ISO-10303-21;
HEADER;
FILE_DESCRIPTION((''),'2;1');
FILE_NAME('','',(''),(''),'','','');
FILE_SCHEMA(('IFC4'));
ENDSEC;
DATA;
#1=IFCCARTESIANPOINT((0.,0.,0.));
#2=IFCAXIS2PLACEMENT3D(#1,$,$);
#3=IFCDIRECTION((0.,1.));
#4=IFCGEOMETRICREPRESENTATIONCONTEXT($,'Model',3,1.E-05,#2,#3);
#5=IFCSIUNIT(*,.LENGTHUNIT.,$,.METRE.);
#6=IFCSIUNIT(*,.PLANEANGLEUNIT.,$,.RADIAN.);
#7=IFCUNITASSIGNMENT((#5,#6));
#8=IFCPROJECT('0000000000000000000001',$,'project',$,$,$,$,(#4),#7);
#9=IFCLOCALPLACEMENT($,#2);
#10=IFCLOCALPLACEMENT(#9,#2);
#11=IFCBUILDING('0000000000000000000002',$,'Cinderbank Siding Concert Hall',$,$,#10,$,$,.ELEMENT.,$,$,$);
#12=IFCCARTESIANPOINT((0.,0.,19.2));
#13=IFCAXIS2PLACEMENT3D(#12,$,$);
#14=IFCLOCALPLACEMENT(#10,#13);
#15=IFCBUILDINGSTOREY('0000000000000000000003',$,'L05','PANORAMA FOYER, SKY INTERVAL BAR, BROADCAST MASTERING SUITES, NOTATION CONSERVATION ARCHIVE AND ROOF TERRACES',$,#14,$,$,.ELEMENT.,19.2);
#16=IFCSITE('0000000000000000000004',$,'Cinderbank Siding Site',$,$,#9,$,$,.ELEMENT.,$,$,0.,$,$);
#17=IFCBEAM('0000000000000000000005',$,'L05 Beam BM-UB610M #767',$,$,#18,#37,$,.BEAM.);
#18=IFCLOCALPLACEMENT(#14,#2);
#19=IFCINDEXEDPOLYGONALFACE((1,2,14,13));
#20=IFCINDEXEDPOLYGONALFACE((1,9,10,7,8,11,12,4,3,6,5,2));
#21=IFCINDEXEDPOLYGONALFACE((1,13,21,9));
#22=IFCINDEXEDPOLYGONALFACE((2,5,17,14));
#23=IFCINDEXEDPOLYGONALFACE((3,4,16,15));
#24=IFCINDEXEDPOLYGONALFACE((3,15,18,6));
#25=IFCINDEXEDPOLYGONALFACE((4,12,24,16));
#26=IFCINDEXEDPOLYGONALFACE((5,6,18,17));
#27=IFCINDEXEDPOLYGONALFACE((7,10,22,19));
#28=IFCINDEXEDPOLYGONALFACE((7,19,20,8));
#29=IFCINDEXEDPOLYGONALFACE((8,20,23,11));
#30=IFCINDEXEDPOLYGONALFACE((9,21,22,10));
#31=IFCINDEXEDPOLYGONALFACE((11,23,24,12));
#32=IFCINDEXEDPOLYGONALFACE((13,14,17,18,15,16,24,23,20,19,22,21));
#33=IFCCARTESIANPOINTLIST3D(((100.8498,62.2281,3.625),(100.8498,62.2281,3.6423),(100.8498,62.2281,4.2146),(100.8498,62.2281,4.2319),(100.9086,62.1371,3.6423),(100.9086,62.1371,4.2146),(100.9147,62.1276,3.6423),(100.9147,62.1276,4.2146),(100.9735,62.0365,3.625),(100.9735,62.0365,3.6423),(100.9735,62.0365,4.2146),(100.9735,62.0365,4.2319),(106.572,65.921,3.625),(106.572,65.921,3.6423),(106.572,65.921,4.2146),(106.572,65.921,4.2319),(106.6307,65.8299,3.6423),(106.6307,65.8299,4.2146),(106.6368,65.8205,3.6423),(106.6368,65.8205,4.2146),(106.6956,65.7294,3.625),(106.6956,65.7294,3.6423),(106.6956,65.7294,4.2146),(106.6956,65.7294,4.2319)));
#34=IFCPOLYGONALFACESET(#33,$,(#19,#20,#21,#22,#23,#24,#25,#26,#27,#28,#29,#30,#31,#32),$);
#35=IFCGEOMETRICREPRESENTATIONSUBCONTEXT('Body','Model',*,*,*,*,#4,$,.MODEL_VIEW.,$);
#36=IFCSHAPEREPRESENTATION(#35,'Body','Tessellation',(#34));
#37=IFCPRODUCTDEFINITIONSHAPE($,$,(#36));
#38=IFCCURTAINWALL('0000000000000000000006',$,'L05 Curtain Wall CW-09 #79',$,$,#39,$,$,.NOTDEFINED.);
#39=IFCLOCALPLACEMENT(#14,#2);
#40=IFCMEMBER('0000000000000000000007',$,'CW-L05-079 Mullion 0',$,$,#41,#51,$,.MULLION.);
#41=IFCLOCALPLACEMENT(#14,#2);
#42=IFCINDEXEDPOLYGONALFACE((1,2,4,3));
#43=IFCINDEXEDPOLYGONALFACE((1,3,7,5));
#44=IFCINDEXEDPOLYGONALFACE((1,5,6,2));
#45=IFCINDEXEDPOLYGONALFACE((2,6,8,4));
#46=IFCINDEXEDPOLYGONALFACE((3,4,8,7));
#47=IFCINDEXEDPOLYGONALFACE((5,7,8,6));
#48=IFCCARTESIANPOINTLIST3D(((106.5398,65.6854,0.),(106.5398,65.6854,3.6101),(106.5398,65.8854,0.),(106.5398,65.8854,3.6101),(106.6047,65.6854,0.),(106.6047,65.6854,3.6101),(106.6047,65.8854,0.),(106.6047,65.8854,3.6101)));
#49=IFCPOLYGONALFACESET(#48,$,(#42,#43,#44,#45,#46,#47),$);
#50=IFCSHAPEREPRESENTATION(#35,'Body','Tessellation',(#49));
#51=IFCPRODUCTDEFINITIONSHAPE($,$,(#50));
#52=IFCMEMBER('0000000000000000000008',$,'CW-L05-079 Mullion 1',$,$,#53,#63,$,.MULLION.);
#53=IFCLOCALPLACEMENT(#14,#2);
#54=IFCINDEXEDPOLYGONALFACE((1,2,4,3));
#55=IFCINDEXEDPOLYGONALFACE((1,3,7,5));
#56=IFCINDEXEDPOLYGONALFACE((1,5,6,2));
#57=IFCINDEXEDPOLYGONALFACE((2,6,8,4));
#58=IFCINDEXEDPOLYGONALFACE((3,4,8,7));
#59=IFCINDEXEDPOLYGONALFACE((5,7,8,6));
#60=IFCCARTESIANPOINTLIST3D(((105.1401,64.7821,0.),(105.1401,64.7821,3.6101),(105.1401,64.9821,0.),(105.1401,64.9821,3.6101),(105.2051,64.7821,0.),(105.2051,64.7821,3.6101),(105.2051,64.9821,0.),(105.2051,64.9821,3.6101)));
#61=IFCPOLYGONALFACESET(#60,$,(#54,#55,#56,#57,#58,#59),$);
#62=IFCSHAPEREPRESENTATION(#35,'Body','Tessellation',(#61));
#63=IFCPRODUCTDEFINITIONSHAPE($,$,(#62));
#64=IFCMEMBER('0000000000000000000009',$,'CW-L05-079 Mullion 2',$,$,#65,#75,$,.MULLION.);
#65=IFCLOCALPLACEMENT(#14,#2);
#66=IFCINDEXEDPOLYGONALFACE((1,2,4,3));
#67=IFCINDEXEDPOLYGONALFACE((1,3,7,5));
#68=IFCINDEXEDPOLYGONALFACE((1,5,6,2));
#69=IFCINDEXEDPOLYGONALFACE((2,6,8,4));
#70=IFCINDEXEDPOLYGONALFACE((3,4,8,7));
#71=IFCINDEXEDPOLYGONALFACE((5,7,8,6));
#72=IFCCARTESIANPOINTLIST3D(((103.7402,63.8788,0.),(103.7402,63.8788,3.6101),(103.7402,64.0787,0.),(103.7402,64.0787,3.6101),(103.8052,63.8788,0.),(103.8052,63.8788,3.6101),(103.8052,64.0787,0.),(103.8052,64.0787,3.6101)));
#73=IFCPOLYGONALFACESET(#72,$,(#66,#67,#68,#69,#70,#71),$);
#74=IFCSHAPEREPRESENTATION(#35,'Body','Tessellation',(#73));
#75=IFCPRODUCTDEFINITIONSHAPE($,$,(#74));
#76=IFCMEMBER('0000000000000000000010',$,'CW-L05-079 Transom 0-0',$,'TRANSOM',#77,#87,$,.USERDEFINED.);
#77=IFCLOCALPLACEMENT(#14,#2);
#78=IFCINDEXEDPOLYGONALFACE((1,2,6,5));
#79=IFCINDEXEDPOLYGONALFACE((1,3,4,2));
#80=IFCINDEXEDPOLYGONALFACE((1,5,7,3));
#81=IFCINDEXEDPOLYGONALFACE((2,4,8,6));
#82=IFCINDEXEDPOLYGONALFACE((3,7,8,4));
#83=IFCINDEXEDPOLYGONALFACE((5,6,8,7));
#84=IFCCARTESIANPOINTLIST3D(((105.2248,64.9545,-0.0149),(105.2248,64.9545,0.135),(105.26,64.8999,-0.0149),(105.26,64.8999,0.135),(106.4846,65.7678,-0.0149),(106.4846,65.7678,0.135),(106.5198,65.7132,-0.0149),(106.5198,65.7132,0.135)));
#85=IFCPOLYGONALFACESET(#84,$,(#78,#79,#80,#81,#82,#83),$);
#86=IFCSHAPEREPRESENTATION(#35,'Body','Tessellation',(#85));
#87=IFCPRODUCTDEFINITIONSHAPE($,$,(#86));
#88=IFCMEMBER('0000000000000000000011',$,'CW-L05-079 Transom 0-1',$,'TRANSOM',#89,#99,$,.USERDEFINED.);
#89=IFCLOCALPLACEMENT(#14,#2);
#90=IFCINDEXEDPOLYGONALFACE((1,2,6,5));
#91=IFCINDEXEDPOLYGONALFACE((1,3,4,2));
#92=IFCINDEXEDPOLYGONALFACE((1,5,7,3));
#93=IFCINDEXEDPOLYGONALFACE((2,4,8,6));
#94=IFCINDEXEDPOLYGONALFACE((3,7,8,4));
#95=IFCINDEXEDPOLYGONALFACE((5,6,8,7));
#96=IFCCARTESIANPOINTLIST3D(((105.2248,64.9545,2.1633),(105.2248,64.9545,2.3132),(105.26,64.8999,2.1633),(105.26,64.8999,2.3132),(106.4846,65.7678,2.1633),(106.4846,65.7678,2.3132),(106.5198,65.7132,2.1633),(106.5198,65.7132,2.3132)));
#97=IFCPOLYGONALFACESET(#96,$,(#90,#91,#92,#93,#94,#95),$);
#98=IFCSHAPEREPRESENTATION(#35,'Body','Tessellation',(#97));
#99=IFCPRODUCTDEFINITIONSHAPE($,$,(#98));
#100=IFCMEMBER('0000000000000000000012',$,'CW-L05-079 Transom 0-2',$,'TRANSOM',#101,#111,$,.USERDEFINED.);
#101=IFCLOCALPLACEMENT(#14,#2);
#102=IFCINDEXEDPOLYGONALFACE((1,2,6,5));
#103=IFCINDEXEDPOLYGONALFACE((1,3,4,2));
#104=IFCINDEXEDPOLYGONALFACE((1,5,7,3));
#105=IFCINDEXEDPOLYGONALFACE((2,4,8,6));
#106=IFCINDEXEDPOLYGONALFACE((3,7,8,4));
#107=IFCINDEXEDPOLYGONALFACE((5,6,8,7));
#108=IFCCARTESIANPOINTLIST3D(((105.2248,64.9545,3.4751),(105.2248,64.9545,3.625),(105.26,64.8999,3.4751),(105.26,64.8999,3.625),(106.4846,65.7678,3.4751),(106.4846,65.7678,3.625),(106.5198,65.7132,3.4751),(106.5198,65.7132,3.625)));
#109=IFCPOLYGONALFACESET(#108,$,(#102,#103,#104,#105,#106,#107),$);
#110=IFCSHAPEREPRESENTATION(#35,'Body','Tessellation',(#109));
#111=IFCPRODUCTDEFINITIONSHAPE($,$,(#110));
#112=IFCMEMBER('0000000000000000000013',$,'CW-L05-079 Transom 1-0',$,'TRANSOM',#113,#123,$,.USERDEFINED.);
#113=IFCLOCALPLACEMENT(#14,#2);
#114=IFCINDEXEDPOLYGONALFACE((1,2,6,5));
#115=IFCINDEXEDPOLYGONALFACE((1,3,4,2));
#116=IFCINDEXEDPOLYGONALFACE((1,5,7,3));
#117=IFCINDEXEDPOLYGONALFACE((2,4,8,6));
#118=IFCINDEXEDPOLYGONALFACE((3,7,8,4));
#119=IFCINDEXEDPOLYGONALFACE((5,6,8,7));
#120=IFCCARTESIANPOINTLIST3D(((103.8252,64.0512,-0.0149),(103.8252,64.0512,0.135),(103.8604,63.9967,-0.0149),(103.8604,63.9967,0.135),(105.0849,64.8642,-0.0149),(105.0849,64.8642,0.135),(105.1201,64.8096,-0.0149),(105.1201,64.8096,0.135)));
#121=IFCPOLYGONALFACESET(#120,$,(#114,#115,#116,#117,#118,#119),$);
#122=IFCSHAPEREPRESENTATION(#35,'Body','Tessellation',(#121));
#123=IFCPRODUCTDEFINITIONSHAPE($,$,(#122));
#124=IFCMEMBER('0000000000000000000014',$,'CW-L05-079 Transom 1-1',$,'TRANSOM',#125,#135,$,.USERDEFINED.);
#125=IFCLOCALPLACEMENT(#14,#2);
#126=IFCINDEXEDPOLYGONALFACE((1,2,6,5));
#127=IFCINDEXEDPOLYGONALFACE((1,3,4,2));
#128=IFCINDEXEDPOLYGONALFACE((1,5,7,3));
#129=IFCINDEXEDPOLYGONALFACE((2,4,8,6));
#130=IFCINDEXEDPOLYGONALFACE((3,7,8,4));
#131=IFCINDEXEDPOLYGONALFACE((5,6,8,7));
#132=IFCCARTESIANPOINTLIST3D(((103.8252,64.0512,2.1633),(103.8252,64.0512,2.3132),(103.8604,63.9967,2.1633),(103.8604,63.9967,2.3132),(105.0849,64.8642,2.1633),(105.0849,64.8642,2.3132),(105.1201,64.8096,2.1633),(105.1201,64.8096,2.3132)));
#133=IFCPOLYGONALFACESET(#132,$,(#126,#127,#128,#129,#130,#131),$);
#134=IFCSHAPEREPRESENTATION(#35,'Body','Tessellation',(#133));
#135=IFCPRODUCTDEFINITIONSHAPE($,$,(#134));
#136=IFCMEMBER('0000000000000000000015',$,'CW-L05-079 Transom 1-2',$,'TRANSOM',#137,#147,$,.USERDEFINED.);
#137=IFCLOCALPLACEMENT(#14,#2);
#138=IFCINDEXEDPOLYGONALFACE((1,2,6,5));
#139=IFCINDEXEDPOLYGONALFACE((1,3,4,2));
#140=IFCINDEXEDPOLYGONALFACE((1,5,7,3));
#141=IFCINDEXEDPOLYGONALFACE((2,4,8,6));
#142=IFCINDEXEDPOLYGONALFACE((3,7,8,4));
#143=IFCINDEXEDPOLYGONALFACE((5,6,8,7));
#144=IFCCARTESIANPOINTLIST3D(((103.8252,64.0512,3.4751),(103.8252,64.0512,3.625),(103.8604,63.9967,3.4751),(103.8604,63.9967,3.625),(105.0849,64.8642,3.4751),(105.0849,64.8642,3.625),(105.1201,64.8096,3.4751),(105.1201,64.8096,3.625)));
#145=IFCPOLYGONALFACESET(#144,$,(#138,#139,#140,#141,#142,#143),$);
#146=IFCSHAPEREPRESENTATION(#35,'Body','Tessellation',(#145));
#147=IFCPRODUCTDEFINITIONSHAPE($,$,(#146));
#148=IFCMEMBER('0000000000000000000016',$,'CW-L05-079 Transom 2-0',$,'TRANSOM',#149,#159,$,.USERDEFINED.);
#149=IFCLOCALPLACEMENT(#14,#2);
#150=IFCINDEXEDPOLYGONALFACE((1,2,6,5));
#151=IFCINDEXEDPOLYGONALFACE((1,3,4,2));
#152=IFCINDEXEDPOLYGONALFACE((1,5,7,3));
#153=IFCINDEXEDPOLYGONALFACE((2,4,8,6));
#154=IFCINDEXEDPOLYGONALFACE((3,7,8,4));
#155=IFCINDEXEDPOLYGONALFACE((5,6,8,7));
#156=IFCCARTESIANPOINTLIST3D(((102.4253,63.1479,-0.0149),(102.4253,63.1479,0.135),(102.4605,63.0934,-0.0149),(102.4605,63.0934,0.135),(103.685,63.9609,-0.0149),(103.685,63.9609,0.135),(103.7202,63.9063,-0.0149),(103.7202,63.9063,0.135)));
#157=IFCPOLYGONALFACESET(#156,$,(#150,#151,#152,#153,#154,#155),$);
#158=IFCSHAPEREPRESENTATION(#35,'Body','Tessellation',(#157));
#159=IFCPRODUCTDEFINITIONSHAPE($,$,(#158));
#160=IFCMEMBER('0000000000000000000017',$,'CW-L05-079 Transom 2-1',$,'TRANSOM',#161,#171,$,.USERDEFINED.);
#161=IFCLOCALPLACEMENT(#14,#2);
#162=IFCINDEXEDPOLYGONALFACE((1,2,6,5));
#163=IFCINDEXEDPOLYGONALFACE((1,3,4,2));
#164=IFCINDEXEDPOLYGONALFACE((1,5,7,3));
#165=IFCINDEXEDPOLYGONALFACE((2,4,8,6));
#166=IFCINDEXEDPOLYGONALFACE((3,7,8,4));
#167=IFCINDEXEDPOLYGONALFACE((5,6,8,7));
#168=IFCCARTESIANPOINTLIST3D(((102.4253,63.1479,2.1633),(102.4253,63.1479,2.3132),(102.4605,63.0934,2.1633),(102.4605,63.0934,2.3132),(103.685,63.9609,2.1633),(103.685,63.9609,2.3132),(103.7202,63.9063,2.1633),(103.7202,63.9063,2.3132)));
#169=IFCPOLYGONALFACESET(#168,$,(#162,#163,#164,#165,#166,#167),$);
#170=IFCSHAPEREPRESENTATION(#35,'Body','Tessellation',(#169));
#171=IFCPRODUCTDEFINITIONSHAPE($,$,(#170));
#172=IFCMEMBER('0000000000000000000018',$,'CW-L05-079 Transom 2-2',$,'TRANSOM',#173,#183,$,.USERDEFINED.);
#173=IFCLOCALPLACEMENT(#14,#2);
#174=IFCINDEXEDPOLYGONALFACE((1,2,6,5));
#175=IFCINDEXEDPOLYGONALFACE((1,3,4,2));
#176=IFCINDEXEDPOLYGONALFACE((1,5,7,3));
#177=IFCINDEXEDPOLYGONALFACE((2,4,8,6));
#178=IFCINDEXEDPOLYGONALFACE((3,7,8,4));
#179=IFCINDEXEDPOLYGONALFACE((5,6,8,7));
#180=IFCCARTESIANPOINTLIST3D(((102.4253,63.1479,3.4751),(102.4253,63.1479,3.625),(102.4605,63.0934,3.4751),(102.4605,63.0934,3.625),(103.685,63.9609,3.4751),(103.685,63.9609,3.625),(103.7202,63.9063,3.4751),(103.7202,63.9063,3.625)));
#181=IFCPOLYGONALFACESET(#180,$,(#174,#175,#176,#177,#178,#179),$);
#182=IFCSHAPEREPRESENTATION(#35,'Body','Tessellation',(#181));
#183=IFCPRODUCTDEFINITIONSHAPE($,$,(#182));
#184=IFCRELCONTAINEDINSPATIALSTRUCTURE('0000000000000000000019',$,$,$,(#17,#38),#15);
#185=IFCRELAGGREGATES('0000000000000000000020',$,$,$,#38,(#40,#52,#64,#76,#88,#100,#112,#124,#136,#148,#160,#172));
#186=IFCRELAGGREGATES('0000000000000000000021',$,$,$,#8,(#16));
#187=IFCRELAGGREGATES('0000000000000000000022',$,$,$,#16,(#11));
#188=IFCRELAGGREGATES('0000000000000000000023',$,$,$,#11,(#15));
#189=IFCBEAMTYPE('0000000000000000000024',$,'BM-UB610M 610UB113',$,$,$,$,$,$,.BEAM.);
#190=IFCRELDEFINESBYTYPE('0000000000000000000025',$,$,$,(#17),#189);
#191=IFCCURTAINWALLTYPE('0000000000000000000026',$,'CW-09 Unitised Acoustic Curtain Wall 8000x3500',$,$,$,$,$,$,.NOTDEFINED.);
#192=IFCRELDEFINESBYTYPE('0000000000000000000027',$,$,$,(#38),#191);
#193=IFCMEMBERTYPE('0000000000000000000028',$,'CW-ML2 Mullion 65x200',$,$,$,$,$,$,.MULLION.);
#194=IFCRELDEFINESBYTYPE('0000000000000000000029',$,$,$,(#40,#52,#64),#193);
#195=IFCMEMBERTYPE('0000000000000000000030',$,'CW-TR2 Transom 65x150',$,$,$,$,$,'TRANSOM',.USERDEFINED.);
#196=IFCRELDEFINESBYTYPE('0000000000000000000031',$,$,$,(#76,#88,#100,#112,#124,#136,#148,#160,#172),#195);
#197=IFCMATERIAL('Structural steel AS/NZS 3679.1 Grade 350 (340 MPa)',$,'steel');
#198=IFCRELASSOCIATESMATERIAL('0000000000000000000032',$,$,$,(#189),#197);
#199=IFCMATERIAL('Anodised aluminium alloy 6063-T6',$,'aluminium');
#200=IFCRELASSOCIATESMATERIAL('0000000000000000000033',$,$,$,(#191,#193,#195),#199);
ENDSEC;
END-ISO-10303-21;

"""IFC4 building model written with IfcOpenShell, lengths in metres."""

from ifc_helpers import new_model, si_unit, direction, frame, origin, origin_2d, place, context, subcontext, project, spatial, rectangle, i_section, extrude, material, material_profile, profile_set, type_object, element, aggregate, save


model = new_model("IFC4")

# Units and contexts
model_context = context("Model", 3, precision=1e-05, world=origin(), true_north=direction((0.0, 1.0)))
body_context = subcontext(model_context, "Body", "Model", "MODEL_VIEW")
ifc_project = project(units=[si_unit("LENGTHUNIT", "METRE"), si_unit("PLANEANGLEUNIT", "RADIAN")], contexts=[model_context])

# Site, building, storey
site_placement = place(None, origin())
site = spatial("IfcSite", under=ifc_project, at=site_placement, Name="Cinderbank Siding Site", CompositionType="ELEMENT", RefElevation=0.0)
building_placement = place(site_placement, origin())
building = spatial("IfcBuilding", under=site, at=building_placement, Name="Cinderbank Siding Concert Hall", CompositionType="ELEMENT")
storey_placement = place(building_placement, frame((0.0, 0.0, 19.2)))
storey = spatial("IfcBuildingStorey", under=building, at=storey_placement, Name="L05", Description="PANORAMA FOYER, SKY INTERVAL BAR, BROADCAST MASTERING SUITES, NOTATION CONSERVATION ARCHIVE AND ROOF TERRACES", CompositionType="ELEMENT", Elevation=19.2)

# Beam
ifc_material_1 = material(Name="Structural steel AS/NZS 3679.1 Grade 350 (340 MPa)", Category="steel")
ifc_material_profile_1 = material_profile(ifc_material_1, i_section(OverallWidth=0.228, OverallDepth=0.6069, WebThickness=0.0112, FlangeThickness=0.0173, at=origin_2d()), Name="610UB113", Category="LoadBearing")
ifc_profile_set_1 = profile_set([ifc_material_profile_1], Name="Structural steel AS/NZS 3679.1 Grade 350 (340 MPa)")
beam_type = type_object("IfcBeamType", Name="BM-UB610M 610UB113", PredefinedType="BEAM", material=ifc_profile_set_1)
beam_placement = place(storey_placement, frame((106.6338, 65.8252, 3.9285), z_axis=(-0.84022, -0.542246, 0.0), x_axis=(0.542246, -0.84022, 0.0)))
element("IfcBeam", 1, at=beam_placement, inside=storey, type_object=beam_type, Name="L05 Beam BM-UB610M #767", PredefinedType="BEAM", context=body_context, shape_type="SweptSolid", body=[
    extrude(i_section(OverallWidth=0.228, OverallDepth=0.6069, WebThickness=0.0112, FlangeThickness=0.0173, at=origin_2d()), origin(), (0.0, 0.0, 1.0), 6.8103),
])

# Curtain wall, members
ifc_material_2 = material(Name="Anodised aluminium alloy 6063-T6", Category="aluminium")
curtain_wall_type = type_object("IfcCurtainWallType", Name="CW-09 Unitised Acoustic Curtain Wall 8000x3500", PredefinedType="NOTDEFINED", material=ifc_material_2)
curtain_wall_placement = place(storey_placement, origin())
curtain_wall = element("IfcCurtainWall", 2, at=curtain_wall_placement, inside=storey, type_object=curtain_wall_type, Name="L05 Curtain Wall CW-09 #79", PredefinedType="NOTDEFINED")
ifc_material_profile_2 = material_profile(ifc_material_2, rectangle(XDim=0.0649, YDim=0.2, at=origin_2d()), Name="ALU-MULL-65x200", Category="LoadBearing")
ifc_profile_set_2 = profile_set([ifc_material_profile_2], Name="Anodised aluminium alloy 6063-T6")
member_type_1 = type_object("IfcMemberType", Name="CW-ML2 Mullion 65x200", PredefinedType="MULLION", material=ifc_profile_set_2)
member_1_placement = place(storey_placement, frame((106.5723, 65.7854, 0.0), z_axis=(0.0, 0.0, 1.0), x_axis=(1.0, 0.0, 0.0)))
member_1 = element("IfcMember", 3, at=member_1_placement, type_object=member_type_1, Name="CW-L05-079 Mullion 0", PredefinedType="MULLION", context=body_context, shape_type="SweptSolid", body=[
    extrude(rectangle(XDim=0.0649, YDim=0.2, at=origin_2d()), origin(), (0.0, 0.0, 1.0), 3.6101),
])
member_2_placement = place(storey_placement, frame((105.1726, 64.8821, 0.0), z_axis=(0.0, 0.0, 1.0), x_axis=(1.0, 0.0, 0.0)))
member_2 = element("IfcMember", 4, at=member_2_placement, type_object=member_type_1, Name="CW-L05-079 Mullion 1", PredefinedType="MULLION", context=body_context, shape_type="SweptSolid", body=[
    extrude(rectangle(XDim=0.0649, YDim=0.2, at=origin_2d()), origin(), (0.0, 0.0, 1.0), 3.6101),
])
member_3_placement = place(storey_placement, frame((103.7727, 63.9788, 0.0), z_axis=(0.0, 0.0, 1.0), x_axis=(1.0, 0.0, 0.0)))
member_3 = element("IfcMember", 5, at=member_3_placement, type_object=member_type_1, Name="CW-L05-079 Mullion 2", PredefinedType="MULLION", context=body_context, shape_type="SweptSolid", body=[
    extrude(rectangle(XDim=0.0649, YDim=0.2, at=origin_2d()), origin(), (0.0, 0.0, 1.0), 3.6101),
])
ifc_material_profile_3 = material_profile(ifc_material_2, rectangle(XDim=0.0649, YDim=0.1499, at=origin_2d()), Name="ALU-TRAN-65x150", Category="LoadBearing")
ifc_profile_set_3 = profile_set([ifc_material_profile_3], Name="Anodised aluminium alloy 6063-T6")
member_type_2 = type_object("IfcMemberType", Name="CW-TR2 Transom 65x150", ElementType="TRANSOM", PredefinedType="USERDEFINED", material=ifc_profile_set_3)
member_4_placement = place(storey_placement, frame((106.5022, 65.7405, 0.0601), z_axis=(-0.840151, -0.542353, 0.0), x_axis=(0.542353, -0.840151, 0.0)))
member_4 = element("IfcMember", 6, at=member_4_placement, type_object=member_type_2, Name="CW-L05-079 Transom 0-0", ObjectType="TRANSOM", PredefinedType="USERDEFINED", context=body_context, shape_type="SweptSolid", body=[
    extrude(rectangle(XDim=0.0649, YDim=0.1499, at=origin_2d()), origin(), (0.0, 0.0, 1.0), 1.4995),
])
member_5_placement = place(storey_placement, frame((106.5022, 65.7405, 2.2383), z_axis=(-0.840151, -0.542353, 0.0), x_axis=(0.542353, -0.840151, 0.0)))
member_5 = element("IfcMember", 7, at=member_5_placement, type_object=member_type_2, Name="CW-L05-079 Transom 0-1", ObjectType="TRANSOM", PredefinedType="USERDEFINED", context=body_context, shape_type="SweptSolid", body=[
    extrude(rectangle(XDim=0.0649, YDim=0.1499, at=origin_2d()), origin(), (0.0, 0.0, 1.0), 1.4995),
])
member_6_placement = place(storey_placement, frame((106.5022, 65.7405, 3.55), z_axis=(-0.840151, -0.542353, 0.0), x_axis=(0.542353, -0.840151, 0.0)))
member_6 = element("IfcMember", 8, at=member_6_placement, type_object=member_type_2, Name="CW-L05-079 Transom 0-2", ObjectType="TRANSOM", PredefinedType="USERDEFINED", context=body_context, shape_type="SweptSolid", body=[
    extrude(rectangle(XDim=0.0649, YDim=0.1499, at=origin_2d()), origin(), (0.0, 0.0, 1.0), 1.4995),
])
member_7_placement = place(storey_placement, frame((105.1025, 64.8369, 0.0601), z_axis=(-0.840225, -0.542238, 0.0), x_axis=(0.542238, -0.840225, 0.0)))
member_7 = element("IfcMember", 9, at=member_7_placement, type_object=member_type_2, Name="CW-L05-079 Transom 1-0", ObjectType="TRANSOM", PredefinedType="USERDEFINED", context=body_context, shape_type="SweptSolid", body=[
    extrude(rectangle(XDim=0.0649, YDim=0.1499, at=origin_2d()), origin(), (0.0, 0.0, 1.0), 1.4993),
])
member_8_placement = place(storey_placement, frame((105.1025, 64.8369, 2.2383), z_axis=(-0.840225, -0.542238, 0.0), x_axis=(0.542238, -0.840225, 0.0)))
member_8 = element("IfcMember", 10, at=member_8_placement, type_object=member_type_2, Name="CW-L05-079 Transom 1-1", ObjectType="TRANSOM", PredefinedType="USERDEFINED", context=body_context, shape_type="SweptSolid", body=[
    extrude(rectangle(XDim=0.0649, YDim=0.1499, at=origin_2d()), origin(), (0.0, 0.0, 1.0), 1.4993),
])
member_9_placement = place(storey_placement, frame((105.1025, 64.8369, 3.55), z_axis=(-0.840225, -0.542238, 0.0), x_axis=(0.542238, -0.840225, 0.0)))
member_9 = element("IfcMember", 11, at=member_9_placement, type_object=member_type_2, Name="CW-L05-079 Transom 1-2", ObjectType="TRANSOM", PredefinedType="USERDEFINED", context=body_context, shape_type="SweptSolid", body=[
    extrude(rectangle(XDim=0.0649, YDim=0.1499, at=origin_2d()), origin(), (0.0, 0.0, 1.0), 1.4993),
])
member_10_placement = place(storey_placement, frame((103.7026, 63.9336, 0.0601), z_axis=(-0.840225, -0.542238, 0.0), x_axis=(0.542238, -0.840225, 0.0)))
member_10 = element("IfcMember", 12, at=member_10_placement, type_object=member_type_2, Name="CW-L05-079 Transom 2-0", ObjectType="TRANSOM", PredefinedType="USERDEFINED", context=body_context, shape_type="SweptSolid", body=[
    extrude(rectangle(XDim=0.0649, YDim=0.1499, at=origin_2d()), origin(), (0.0, 0.0, 1.0), 1.4993),
])
member_11_placement = place(storey_placement, frame((103.7026, 63.9336, 2.2383), z_axis=(-0.840225, -0.542238, 0.0), x_axis=(0.542238, -0.840225, 0.0)))
member_11 = element("IfcMember", 13, at=member_11_placement, type_object=member_type_2, Name="CW-L05-079 Transom 2-1", ObjectType="TRANSOM", PredefinedType="USERDEFINED", context=body_context, shape_type="SweptSolid", body=[
    extrude(rectangle(XDim=0.0649, YDim=0.1499, at=origin_2d()), origin(), (0.0, 0.0, 1.0), 1.4993),
])
member_12_placement = place(storey_placement, frame((103.7026, 63.9336, 3.55), z_axis=(-0.840225, -0.542238, 0.0), x_axis=(0.542238, -0.840225, 0.0)))
member_12 = element("IfcMember", 14, at=member_12_placement, type_object=member_type_2, Name="CW-L05-079 Transom 2-2", ObjectType="TRANSOM", PredefinedType="USERDEFINED", context=body_context, shape_type="SweptSolid", body=[
    extrude(rectangle(XDim=0.0649, YDim=0.1499, at=origin_2d()), origin(), (0.0, 0.0, 1.0), 1.4993),
])
aggregate(curtain_wall, [member_1, member_2, member_3, member_4, member_5, member_6, member_7, member_8, member_9, member_10, member_11, member_12])

save(model, "model.ifc")
